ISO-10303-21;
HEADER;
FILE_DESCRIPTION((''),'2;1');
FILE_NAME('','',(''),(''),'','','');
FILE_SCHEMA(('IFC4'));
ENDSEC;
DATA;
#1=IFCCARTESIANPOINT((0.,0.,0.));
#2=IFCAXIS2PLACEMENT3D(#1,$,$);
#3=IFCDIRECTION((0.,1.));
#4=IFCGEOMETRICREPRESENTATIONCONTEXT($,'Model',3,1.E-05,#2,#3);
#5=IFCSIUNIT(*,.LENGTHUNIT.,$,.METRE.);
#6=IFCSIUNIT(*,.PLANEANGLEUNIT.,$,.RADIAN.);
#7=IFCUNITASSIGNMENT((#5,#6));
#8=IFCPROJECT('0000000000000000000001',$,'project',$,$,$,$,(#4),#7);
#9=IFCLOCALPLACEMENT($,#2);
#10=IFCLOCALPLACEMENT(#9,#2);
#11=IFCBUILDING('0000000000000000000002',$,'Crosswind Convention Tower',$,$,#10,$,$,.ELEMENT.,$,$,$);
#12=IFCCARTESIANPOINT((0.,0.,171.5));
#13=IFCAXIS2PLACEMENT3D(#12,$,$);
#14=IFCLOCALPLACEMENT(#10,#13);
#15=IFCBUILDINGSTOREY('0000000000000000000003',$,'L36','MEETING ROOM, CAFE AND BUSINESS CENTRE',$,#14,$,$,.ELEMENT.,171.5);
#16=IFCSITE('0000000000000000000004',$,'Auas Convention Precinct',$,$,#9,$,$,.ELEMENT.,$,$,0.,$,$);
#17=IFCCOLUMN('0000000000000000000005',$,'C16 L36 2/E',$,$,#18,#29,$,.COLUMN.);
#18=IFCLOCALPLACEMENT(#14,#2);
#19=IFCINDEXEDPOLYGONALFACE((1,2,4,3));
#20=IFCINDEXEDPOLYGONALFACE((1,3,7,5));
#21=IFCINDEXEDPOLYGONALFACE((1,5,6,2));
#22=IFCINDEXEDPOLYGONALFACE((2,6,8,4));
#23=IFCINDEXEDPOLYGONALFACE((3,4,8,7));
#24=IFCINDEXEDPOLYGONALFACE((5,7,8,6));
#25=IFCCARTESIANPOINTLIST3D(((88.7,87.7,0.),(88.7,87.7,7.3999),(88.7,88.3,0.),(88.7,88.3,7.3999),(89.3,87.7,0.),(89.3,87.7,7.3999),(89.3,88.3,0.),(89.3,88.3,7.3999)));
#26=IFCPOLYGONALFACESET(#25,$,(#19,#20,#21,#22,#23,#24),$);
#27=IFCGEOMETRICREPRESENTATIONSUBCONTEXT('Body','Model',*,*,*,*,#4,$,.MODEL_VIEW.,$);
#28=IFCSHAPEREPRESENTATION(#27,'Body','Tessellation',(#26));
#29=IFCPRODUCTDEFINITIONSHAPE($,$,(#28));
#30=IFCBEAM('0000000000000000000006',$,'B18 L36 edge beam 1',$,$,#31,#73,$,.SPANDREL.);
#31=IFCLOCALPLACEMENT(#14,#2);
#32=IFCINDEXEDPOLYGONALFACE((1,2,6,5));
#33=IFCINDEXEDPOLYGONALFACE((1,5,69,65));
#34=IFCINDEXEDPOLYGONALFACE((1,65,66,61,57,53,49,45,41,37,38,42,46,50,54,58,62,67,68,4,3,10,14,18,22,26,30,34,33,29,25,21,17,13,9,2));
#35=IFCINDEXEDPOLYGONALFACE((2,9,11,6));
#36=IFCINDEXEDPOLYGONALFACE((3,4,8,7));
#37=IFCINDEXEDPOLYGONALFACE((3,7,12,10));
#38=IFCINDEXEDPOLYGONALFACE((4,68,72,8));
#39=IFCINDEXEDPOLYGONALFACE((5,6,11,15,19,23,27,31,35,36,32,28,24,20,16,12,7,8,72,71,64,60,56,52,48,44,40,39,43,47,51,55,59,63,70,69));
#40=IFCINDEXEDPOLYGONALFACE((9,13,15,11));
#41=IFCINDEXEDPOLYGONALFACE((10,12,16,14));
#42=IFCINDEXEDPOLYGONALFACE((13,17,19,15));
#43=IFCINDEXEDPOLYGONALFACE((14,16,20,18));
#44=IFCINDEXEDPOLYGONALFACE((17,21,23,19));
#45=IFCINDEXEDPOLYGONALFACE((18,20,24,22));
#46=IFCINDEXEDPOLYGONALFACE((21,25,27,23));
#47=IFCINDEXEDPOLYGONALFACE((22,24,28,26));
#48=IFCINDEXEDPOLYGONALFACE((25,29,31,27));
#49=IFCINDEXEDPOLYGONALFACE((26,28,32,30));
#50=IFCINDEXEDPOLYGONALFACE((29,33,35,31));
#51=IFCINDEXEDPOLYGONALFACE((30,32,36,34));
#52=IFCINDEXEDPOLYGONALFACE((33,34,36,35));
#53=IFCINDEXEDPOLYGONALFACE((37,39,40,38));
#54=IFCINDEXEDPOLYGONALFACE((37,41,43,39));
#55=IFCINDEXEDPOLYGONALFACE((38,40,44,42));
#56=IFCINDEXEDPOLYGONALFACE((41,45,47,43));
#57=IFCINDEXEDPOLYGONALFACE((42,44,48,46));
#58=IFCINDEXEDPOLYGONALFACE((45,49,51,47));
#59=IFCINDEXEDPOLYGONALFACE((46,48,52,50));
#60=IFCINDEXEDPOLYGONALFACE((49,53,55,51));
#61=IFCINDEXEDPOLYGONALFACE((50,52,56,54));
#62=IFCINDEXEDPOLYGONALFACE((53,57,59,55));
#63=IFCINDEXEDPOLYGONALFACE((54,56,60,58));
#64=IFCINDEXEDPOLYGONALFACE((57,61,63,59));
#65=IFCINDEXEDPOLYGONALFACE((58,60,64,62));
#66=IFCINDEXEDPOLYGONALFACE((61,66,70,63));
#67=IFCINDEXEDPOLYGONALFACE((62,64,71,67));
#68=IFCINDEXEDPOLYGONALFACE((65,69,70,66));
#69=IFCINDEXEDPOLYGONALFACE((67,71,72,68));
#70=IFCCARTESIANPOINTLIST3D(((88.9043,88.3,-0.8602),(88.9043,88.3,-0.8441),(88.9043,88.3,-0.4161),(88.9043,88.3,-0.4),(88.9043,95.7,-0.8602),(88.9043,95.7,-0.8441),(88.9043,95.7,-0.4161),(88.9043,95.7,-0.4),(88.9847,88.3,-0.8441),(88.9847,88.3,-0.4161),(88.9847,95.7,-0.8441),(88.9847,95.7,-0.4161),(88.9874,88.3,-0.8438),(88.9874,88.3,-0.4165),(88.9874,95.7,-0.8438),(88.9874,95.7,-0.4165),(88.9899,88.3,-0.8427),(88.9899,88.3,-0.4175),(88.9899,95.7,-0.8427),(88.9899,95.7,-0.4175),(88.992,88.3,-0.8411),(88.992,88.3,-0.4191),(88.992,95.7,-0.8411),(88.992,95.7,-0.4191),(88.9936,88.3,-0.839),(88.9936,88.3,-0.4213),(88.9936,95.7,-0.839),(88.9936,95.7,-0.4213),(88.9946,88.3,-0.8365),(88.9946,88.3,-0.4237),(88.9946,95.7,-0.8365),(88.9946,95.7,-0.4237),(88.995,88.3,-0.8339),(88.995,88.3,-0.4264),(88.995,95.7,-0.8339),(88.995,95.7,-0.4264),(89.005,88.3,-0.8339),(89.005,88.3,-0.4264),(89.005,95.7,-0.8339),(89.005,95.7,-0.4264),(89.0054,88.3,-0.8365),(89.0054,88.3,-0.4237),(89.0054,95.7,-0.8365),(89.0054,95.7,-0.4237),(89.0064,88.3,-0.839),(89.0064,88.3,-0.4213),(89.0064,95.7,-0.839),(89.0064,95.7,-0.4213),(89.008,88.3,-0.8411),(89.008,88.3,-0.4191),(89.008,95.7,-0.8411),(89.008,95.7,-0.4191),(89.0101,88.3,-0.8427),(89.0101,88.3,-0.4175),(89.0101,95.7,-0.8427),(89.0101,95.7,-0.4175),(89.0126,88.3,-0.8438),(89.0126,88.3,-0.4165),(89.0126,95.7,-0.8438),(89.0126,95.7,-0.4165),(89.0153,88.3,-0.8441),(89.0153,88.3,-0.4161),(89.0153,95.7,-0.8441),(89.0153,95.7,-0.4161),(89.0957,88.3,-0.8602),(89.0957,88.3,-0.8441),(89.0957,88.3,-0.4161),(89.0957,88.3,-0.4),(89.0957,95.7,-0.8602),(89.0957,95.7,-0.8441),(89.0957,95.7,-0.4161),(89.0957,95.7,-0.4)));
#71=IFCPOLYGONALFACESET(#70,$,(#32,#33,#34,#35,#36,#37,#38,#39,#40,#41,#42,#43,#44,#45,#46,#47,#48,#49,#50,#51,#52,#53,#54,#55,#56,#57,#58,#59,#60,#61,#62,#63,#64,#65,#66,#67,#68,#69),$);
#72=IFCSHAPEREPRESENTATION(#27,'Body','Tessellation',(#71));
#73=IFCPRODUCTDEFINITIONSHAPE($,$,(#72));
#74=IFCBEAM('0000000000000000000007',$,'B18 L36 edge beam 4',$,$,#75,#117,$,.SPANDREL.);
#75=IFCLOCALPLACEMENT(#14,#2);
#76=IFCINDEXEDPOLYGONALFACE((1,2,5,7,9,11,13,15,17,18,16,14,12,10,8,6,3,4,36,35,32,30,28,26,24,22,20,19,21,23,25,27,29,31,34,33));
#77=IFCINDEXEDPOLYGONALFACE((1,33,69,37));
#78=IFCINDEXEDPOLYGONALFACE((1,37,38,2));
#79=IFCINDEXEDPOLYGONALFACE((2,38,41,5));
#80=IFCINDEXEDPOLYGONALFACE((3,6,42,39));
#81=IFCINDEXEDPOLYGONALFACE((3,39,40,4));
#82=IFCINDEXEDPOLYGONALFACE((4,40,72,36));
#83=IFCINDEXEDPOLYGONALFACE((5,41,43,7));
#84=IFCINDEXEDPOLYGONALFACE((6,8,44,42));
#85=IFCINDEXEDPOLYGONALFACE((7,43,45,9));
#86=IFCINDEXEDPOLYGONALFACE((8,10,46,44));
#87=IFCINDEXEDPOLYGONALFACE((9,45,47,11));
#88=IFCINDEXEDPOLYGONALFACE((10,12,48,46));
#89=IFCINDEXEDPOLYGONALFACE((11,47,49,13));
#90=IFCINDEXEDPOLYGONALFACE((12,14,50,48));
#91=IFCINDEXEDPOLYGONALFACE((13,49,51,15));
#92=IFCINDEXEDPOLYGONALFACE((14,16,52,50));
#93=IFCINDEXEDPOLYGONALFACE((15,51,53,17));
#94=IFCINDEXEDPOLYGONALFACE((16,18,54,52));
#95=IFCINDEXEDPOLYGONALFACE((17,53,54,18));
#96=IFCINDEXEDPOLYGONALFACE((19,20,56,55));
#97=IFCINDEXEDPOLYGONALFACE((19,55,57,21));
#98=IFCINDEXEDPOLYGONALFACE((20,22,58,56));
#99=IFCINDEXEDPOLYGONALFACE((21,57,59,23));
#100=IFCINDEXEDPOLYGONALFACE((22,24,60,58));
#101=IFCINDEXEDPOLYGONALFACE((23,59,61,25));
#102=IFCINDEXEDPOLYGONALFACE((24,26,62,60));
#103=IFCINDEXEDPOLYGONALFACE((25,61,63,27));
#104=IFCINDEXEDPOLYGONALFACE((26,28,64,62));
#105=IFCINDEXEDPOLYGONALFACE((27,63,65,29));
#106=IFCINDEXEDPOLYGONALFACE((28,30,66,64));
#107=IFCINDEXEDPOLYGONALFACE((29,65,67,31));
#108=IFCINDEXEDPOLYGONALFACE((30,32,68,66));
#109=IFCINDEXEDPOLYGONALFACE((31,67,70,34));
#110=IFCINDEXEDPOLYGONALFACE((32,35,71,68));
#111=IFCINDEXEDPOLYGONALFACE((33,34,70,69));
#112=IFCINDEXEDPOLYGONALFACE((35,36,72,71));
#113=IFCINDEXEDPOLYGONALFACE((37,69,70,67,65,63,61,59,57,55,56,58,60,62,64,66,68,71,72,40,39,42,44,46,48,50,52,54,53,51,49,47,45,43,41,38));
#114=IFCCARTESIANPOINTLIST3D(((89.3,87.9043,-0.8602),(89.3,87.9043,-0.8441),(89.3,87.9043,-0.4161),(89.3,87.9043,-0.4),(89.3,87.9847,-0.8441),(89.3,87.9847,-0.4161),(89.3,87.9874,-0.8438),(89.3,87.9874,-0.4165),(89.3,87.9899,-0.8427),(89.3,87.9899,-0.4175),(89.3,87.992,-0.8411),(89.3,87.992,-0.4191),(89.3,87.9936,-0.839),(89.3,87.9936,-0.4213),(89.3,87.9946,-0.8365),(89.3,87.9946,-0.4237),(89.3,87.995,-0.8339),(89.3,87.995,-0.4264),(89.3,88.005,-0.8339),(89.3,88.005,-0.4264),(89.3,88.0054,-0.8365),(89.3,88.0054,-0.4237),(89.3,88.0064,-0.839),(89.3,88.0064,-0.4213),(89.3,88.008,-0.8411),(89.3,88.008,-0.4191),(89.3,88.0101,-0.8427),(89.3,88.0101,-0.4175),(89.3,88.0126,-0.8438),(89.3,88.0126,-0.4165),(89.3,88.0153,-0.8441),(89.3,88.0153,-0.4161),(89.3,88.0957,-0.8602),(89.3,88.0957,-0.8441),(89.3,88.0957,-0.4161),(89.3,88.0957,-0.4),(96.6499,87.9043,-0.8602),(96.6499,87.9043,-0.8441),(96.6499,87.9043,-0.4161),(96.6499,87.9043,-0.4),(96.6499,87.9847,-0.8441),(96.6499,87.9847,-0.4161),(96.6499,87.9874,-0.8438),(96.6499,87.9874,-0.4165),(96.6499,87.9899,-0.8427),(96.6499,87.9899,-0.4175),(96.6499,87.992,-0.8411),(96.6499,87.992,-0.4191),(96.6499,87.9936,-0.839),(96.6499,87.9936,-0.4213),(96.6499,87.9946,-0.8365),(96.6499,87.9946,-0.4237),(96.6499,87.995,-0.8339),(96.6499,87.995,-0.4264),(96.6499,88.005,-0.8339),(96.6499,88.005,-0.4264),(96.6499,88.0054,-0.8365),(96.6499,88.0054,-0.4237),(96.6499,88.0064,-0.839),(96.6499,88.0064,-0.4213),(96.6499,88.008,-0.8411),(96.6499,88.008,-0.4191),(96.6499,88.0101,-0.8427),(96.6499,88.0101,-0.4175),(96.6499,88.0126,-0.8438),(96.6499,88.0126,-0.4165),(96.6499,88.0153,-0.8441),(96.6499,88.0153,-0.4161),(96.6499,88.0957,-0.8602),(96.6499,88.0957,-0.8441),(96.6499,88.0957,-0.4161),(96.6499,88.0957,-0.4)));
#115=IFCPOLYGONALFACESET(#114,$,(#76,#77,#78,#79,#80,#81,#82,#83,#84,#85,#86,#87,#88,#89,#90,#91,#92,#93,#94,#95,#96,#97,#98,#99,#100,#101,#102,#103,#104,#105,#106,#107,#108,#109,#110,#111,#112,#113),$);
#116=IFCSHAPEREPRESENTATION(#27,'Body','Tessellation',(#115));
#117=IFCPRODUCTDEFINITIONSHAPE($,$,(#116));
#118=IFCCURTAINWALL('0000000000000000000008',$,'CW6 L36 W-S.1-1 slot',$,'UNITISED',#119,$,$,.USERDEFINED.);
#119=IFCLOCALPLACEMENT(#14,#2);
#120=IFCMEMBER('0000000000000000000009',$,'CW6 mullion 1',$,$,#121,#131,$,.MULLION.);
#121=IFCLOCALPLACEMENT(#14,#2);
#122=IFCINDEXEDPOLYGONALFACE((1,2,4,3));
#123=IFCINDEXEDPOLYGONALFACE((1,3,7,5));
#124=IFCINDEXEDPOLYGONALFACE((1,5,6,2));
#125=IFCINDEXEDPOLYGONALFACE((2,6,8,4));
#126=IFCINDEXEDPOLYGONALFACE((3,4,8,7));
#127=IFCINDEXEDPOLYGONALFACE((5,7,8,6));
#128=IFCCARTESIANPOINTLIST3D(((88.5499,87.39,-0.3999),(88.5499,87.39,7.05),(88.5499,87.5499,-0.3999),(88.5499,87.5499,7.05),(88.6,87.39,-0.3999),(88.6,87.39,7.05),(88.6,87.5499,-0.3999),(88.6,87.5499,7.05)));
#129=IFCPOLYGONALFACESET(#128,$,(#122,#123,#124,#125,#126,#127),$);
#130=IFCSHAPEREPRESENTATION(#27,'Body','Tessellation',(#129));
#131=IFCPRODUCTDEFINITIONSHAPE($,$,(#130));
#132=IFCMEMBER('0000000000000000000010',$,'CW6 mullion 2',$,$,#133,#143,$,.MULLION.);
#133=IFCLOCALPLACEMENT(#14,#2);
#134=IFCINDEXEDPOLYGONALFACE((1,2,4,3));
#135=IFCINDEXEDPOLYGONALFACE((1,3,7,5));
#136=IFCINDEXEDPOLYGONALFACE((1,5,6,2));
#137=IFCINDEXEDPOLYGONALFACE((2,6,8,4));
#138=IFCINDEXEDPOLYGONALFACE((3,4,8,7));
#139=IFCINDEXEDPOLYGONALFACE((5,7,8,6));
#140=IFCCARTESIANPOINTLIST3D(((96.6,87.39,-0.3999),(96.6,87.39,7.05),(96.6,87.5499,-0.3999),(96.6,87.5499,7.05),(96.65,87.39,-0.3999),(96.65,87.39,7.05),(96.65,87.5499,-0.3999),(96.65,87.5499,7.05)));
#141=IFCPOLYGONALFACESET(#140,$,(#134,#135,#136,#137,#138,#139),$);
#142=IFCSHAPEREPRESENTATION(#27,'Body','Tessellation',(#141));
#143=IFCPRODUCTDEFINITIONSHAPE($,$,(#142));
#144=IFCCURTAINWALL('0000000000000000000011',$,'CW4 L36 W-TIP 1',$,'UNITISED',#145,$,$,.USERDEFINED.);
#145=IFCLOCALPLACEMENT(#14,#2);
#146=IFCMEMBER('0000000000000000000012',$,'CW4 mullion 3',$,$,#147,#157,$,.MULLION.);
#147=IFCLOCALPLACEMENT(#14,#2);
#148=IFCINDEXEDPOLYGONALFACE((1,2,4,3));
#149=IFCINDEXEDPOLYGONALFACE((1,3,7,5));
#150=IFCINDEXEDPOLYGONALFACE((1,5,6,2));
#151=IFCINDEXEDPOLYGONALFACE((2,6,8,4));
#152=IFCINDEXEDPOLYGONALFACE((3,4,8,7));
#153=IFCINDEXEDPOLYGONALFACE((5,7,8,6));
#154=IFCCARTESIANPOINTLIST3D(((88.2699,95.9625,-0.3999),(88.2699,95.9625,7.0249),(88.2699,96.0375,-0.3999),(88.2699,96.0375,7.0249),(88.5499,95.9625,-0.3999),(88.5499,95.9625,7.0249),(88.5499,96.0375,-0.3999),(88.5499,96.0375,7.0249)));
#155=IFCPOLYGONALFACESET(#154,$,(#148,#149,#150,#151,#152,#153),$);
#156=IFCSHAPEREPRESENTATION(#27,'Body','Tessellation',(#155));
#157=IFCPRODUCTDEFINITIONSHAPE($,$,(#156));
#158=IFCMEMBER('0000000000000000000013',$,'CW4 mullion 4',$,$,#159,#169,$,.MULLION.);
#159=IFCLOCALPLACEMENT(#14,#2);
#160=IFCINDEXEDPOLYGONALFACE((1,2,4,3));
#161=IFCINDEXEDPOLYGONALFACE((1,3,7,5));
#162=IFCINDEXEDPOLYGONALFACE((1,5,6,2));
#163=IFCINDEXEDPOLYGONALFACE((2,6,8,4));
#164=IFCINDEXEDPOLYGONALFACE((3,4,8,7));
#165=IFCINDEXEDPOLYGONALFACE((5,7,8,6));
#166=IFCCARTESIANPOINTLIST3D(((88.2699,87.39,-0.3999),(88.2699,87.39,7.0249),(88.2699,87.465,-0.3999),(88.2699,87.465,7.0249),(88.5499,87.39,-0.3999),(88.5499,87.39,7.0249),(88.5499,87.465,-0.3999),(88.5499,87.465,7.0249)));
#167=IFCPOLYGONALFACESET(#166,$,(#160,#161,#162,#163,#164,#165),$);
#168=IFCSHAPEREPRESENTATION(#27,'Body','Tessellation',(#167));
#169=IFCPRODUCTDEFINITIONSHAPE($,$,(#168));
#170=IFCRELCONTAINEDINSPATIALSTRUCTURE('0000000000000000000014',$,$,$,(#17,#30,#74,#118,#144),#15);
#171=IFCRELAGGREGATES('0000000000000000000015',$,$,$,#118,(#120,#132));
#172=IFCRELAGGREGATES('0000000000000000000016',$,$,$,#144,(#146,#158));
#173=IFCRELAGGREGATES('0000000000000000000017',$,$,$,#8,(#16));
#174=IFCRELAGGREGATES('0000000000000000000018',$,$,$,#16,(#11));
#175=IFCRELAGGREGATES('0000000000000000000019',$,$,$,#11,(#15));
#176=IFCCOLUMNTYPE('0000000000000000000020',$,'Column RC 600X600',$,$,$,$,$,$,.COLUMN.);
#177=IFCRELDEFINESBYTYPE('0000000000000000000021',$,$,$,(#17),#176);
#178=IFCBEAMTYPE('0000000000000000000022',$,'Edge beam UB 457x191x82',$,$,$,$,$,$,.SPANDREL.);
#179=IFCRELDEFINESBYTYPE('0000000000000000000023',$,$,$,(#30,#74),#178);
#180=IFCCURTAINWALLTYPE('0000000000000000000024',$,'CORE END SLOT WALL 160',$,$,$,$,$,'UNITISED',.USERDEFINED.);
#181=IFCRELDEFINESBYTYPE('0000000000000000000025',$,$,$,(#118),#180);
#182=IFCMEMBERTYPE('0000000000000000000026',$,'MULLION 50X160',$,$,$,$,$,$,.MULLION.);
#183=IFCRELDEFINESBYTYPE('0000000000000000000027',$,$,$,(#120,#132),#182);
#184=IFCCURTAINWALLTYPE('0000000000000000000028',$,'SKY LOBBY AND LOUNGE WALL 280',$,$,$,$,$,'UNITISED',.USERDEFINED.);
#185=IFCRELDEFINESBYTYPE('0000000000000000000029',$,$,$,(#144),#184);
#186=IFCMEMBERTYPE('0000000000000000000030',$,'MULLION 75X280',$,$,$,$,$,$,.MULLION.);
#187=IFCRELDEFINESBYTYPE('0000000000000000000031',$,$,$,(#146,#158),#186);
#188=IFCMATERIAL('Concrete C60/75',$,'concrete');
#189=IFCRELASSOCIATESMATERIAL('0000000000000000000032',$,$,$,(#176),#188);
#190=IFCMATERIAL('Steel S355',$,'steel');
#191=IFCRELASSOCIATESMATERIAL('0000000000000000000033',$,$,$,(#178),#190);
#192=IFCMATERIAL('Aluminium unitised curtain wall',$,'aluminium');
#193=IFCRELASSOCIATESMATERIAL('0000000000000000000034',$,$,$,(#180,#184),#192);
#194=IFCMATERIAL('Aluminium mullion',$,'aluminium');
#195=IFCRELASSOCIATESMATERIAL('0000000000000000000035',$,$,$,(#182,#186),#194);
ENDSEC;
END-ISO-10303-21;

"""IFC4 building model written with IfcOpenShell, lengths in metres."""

from ifc_helpers import new_model, si_unit, direction, frame, origin, origin_2d, place, context, subcontext, project, spatial, rectangle, i_section, extrude, material, material_profile, profile_set, type_object, element, aggregate, save


model = new_model("IFC4")

# Units and contexts
model_context = context("Model", 3, precision=1e-05, world=origin(), true_north=direction((0.0, 1.0)))
body_context = subcontext(model_context, "Body", "Model", "MODEL_VIEW")
ifc_project = project(units=[si_unit("LENGTHUNIT", "METRE"), si_unit("PLANEANGLEUNIT", "RADIAN")], contexts=[model_context])

# Site, building, storey
site_placement = place(None, origin())
site = spatial("IfcSite", under=ifc_project, at=site_placement, Name="Auas Convention Precinct", CompositionType="ELEMENT", RefElevation=0.0)
building_placement = place(site_placement, origin())
building = spatial("IfcBuilding", under=site, at=building_placement, Name="Crosswind Convention Tower", CompositionType="ELEMENT")
storey_placement = place(building_placement, frame((0.0, 0.0, 171.5)))
storey = spatial("IfcBuildingStorey", under=building, at=storey_placement, Name="L36", Description="MEETING ROOM, CAFE AND BUSINESS CENTRE", CompositionType="ELEMENT", Elevation=171.5)

# Column
ifc_material_1 = material(Name="Concrete C60/75", Category="concrete")
ifc_material_profile_1 = material_profile(ifc_material_1, rectangle(XDim=0.6001, YDim=0.6001, at=origin_2d()), Name="RC 600X600")
ifc_profile_set_1 = profile_set([ifc_material_profile_1], Name="Concrete C60/75")
column_type = type_object("IfcColumnType", Name="Column RC 600X600", PredefinedType="COLUMN", material=ifc_profile_set_1)
column_placement = place(storey_placement, frame((89.0, 88.0, 0.0), z_axis=(0.0, 0.0, 1.0), x_axis=(1.0, 0.0, 0.0)))
element("IfcColumn", 1, at=column_placement, inside=storey, type_object=column_type, Name="C16 L36 2/E", PredefinedType="COLUMN", context=body_context, shape_type="SweptSolid", body=[
    extrude(rectangle(XDim=0.6001, YDim=0.6001, at=origin_2d()), origin(), (0.0, 0.0, 1.0), 7.3999),
])

# Beams
ifc_material_2 = material(Name="Steel S355", Category="steel")
ifc_material_profile_2 = material_profile(ifc_material_2, i_section(OverallWidth=0.1914, OverallDepth=0.4602, WebThickness=0.01, FlangeThickness=0.0161, FilletRadius=0.0103, at=origin_2d()), Name="UB 457x191x82")
ifc_profile_set_2 = profile_set([ifc_material_profile_2], Name="Steel S355")
beam_type_1 = type_object("IfcBeamType", Name="Edge beam UB 457x191x82", PredefinedType="SPANDREL", material=ifc_profile_set_2)
beam_1_placement = place(storey_placement, frame((89.0, 88.3, -0.6301), z_axis=(0.0, 1.0, 0.0), x_axis=(-1.0, 0.0, 0.0)))
element("IfcBeam", 2, at=beam_1_placement, inside=storey, type_object=beam_type_1, Name="B18 L36 edge beam 1", PredefinedType="SPANDREL", context=body_context, shape_type="SweptSolid", body=[
    extrude(i_section(OverallWidth=0.1914, OverallDepth=0.4602, WebThickness=0.01, FlangeThickness=0.0161, FilletRadius=0.0103, at=origin_2d()), origin(), (0.0, 0.0, 1.0), 7.3999),
])
beam_2_placement = place(storey_placement, frame((89.3, 88.0, -0.6301), z_axis=(1.0, 0.0, 0.0), x_axis=(0.0, 1.0, 0.0)))
element("IfcBeam", 3, at=beam_2_placement, inside=storey, type_object=beam_type_1, Name="B18 L36 edge beam 4", PredefinedType="SPANDREL", context=body_context, shape_type="SweptSolid", body=[
    extrude(i_section(OverallWidth=0.1914, OverallDepth=0.4602, WebThickness=0.01, FlangeThickness=0.0161, FilletRadius=0.0103, at=origin_2d()), origin(), (0.0, 0.0, 1.0), 7.3499),
])

# Curtain walls, members
ifc_material_3 = material(Name="Aluminium unitised curtain wall", Category="aluminium")
curtain_wall_type_1 = type_object("IfcCurtainWallType", Name="CORE END SLOT WALL 160", ElementType="UNITISED", PredefinedType="USERDEFINED", material=ifc_material_3)
curtain_wall_1_placement = place(storey_placement, origin())
curtain_wall_1 = element("IfcCurtainWall", 4, at=curtain_wall_1_placement, inside=storey, type_object=curtain_wall_type_1, Name="CW6 L36 W-S.1-1 slot", ObjectType="UNITISED", PredefinedType="USERDEFINED")
ifc_material_4 = material(Name="Aluminium mullion", Category="aluminium")
ifc_material_profile_3 = material_profile(ifc_material_4, rectangle(XDim=0.1599, YDim=0.05, at=origin_2d()), Name="AL 160X50")
ifc_profile_set_3 = profile_set([ifc_material_profile_3], Name="Aluminium mullion")
member_type_1 = type_object("IfcMemberType", Name="MULLION 50X160", PredefinedType="MULLION", material=ifc_profile_set_3)
member_1_placement = place(storey_placement, frame((88.575, 87.47, -0.3999), z_axis=(0.0, 0.0, 1.0), x_axis=(0.0, -1.0, 0.0)))
member_1 = element("IfcMember", 5, at=member_1_placement, type_object=member_type_1, Name="CW6 mullion 1", PredefinedType="MULLION", context=body_context, shape_type="SweptSolid", body=[
    extrude(rectangle(XDim=0.1599, YDim=0.05, at=origin_2d()), origin(), (0.0, 0.0, 1.0), 7.45),
])
member_2_placement = place(storey_placement, frame((96.625, 87.47, -0.3999), z_axis=(0.0, 0.0, 1.0), x_axis=(0.0, -1.0, 0.0)))
member_2 = element("IfcMember", 6, at=member_2_placement, type_object=member_type_1, Name="CW6 mullion 2", PredefinedType="MULLION", context=body_context, shape_type="SweptSolid", body=[
    extrude(rectangle(XDim=0.1599, YDim=0.05, at=origin_2d()), origin(), (0.0, 0.0, 1.0), 7.45),
])
curtain_wall_type_2 = type_object("IfcCurtainWallType", Name="SKY LOBBY AND LOUNGE WALL 280", ElementType="UNITISED", PredefinedType="USERDEFINED", material=ifc_material_3)
curtain_wall_2_placement = place(storey_placement, origin())
curtain_wall_2 = element("IfcCurtainWall", 7, at=curtain_wall_2_placement, inside=storey, type_object=curtain_wall_type_2, Name="CW4 L36 W-TIP 1", ObjectType="UNITISED", PredefinedType="USERDEFINED")
ifc_material_profile_4 = material_profile(ifc_material_4, rectangle(XDim=0.28, YDim=0.075, at=origin_2d()), Name="AL 280X75")
ifc_profile_set_4 = profile_set([ifc_material_profile_4], Name="Aluminium mullion")
member_type_2 = type_object("IfcMemberType", Name="MULLION 75X280", PredefinedType="MULLION", material=ifc_profile_set_4)
member_3_placement = place(storey_placement, frame((88.4099, 96.0, -0.3999), z_axis=(0.0, 0.0, 1.0), x_axis=(-1.0, 0.0, 0.0)))
member_3 = element("IfcMember", 8, at=member_3_placement, type_object=member_type_2, Name="CW4 mullion 3", PredefinedType="MULLION", context=body_context, shape_type="SweptSolid", body=[
    extrude(rectangle(XDim=0.28, YDim=0.075, at=origin_2d()), origin(), (0.0, 0.0, 1.0), 7.4248),
])
member_4_placement = place(storey_placement, frame((88.4099, 87.4275, -0.3999), z_axis=(0.0, 0.0, 1.0), x_axis=(-1.0, 0.0, 0.0)))
member_4 = element("IfcMember", 9, at=member_4_placement, type_object=member_type_2, Name="CW4 mullion 4", PredefinedType="MULLION", context=body_context, shape_type="SweptSolid", body=[
    extrude(rectangle(XDim=0.28, YDim=0.075, at=origin_2d()), origin(), (0.0, 0.0, 1.0), 7.4248),
])

aggregate(curtain_wall_1, [member_1, member_2])
aggregate(curtain_wall_2, [member_3, member_4])

save(model, "model.ifc")
